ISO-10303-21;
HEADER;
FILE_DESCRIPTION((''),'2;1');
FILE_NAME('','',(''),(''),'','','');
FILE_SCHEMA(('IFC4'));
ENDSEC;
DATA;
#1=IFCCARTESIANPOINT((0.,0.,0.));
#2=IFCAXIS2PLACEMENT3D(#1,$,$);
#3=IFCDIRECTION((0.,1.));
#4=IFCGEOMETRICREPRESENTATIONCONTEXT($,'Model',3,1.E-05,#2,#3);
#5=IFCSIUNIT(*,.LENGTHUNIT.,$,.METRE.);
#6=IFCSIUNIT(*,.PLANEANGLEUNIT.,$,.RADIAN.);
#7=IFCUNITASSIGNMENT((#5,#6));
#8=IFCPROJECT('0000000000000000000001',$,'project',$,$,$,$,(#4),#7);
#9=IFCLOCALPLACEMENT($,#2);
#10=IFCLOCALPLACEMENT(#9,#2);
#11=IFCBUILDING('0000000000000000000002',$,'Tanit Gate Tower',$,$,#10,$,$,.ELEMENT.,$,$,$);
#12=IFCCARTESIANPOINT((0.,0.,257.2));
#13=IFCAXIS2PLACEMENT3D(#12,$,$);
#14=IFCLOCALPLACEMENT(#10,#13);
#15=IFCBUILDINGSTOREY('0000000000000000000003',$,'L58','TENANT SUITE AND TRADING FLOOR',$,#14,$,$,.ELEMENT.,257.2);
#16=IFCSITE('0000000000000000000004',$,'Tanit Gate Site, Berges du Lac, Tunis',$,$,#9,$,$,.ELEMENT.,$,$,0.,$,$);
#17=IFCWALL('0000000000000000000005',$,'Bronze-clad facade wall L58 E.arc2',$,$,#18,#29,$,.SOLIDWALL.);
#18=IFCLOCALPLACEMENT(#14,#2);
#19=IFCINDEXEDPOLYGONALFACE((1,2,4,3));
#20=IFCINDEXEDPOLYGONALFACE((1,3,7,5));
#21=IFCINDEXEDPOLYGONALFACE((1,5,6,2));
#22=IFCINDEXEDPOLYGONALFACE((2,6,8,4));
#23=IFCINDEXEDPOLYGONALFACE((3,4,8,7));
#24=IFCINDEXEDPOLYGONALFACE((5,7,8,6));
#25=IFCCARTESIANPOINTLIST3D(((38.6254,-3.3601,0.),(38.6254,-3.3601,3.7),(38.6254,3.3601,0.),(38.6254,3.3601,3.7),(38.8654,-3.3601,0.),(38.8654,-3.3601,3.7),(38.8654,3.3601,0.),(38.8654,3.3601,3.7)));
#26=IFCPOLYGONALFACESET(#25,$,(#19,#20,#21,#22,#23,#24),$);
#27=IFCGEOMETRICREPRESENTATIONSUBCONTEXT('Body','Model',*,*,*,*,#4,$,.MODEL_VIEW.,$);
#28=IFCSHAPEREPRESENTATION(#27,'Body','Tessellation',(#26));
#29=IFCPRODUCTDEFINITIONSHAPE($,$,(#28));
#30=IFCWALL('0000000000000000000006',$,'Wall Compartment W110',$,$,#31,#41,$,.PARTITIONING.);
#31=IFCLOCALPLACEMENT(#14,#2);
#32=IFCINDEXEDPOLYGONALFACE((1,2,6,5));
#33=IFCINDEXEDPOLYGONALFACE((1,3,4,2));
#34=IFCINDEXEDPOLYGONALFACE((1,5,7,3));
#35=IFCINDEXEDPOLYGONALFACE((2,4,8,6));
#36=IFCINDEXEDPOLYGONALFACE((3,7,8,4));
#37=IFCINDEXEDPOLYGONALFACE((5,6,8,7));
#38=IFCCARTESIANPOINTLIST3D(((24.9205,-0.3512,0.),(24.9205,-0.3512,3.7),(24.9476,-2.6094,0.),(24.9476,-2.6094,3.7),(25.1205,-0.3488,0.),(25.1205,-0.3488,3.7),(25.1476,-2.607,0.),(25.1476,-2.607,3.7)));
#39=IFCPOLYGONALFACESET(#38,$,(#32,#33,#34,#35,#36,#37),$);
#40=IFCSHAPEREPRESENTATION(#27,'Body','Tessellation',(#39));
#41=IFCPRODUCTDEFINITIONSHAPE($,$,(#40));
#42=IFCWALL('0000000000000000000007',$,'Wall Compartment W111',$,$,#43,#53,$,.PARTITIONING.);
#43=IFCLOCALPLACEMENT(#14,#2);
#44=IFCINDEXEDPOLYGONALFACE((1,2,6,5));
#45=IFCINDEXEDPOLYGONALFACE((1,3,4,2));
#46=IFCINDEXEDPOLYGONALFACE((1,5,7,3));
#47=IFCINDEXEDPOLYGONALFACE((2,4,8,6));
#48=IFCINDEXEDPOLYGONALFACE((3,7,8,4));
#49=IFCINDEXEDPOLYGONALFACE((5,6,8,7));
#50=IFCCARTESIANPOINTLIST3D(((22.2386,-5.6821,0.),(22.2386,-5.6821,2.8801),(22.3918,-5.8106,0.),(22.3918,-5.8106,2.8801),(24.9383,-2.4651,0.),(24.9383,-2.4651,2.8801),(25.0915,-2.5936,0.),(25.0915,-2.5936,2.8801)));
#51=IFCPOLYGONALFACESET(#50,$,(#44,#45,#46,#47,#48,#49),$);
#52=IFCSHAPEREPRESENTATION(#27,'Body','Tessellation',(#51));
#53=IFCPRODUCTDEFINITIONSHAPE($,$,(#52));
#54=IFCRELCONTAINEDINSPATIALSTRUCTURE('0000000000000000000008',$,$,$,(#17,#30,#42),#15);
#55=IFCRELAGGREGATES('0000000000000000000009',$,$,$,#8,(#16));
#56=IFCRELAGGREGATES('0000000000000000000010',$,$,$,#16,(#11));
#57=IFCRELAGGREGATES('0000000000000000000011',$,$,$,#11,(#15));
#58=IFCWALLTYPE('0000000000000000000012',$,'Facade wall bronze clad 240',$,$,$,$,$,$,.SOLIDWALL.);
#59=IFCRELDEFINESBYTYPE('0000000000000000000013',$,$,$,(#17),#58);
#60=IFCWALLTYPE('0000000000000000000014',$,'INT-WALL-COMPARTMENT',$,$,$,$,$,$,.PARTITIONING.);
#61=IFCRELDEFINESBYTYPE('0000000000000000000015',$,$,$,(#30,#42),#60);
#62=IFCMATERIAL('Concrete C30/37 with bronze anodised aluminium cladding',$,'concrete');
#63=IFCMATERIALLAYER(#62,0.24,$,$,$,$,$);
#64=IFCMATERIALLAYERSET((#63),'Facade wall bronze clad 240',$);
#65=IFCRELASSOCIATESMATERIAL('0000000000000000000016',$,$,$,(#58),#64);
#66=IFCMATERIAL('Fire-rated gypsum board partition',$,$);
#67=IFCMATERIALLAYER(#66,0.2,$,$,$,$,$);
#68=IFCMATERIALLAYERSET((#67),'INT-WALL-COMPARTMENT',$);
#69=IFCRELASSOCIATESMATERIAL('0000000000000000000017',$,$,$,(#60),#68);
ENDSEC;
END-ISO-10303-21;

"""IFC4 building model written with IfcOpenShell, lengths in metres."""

from ifc_helpers import new_model, si_unit, direction, frame, frame_2d, origin, place, context, subcontext, project, spatial, rectangle, extrude, material, layer, layer_set, type_object, element, save


model = new_model("IFC4")

# Units and contexts
model_context = context("Model", 3, precision=1e-05, world=origin(), true_north=direction((0.0, 1.0)))
body_context = subcontext(model_context, "Body", "Model", "MODEL_VIEW")
ifc_project = project(units=[si_unit("LENGTHUNIT", "METRE"), si_unit("PLANEANGLEUNIT", "RADIAN")], contexts=[model_context])

# Site, building, storey
site_placement = place(None, origin())
site = spatial("IfcSite", under=ifc_project, at=site_placement, Name="Tanit Gate Site, Berges du Lac, Tunis", CompositionType="ELEMENT", RefElevation=0.0)
building_placement = place(site_placement, origin())
building = spatial("IfcBuilding", under=site, at=building_placement, Name="Tanit Gate Tower", CompositionType="ELEMENT")
storey_placement = place(building_placement, frame((0.0, 0.0, 257.2)))
storey = spatial("IfcBuildingStorey", under=building, at=storey_placement, Name="L58", Description="TENANT SUITE AND TRADING FLOOR", CompositionType="ELEMENT", Elevation=257.2)

# Walls
ifc_material_1 = material(Name="Concrete C30/37 with bronze anodised aluminium cladding", Category="concrete")
ifc_layer_1 = layer(ifc_material_1, 0.24)
ifc_layer_set_1 = layer_set([ifc_layer_1], Name="Facade wall bronze clad 240")
wall_type_1 = type_object("IfcWallType", Name="Facade wall bronze clad 240", PredefinedType="SOLIDWALL", material=ifc_layer_set_1)
wall_1_placement = place(storey_placement, frame((38.7454, -3.3601, 0.0), z_axis=(0.0, 0.0, 1.0), x_axis=(0.0, 1.0, 0.0)))
element("IfcWall", 1, at=wall_1_placement, inside=storey, type_object=wall_type_1, Name="Bronze-clad facade wall L58 E.arc2", PredefinedType="SOLIDWALL", context=body_context, shape_type="SweptSolid", body=[
    extrude(rectangle(XDim=6.7202, YDim=0.24, at=frame_2d((3.3601, 0.0))), origin(), (0.0, 0.0, 1.0), 3.7),
])
ifc_material_2 = material(Name="Fire-rated gypsum board partition")
ifc_layer_2 = layer(ifc_material_2, 0.2)
ifc_layer_set_2 = layer_set([ifc_layer_2], Name="INT-WALL-COMPARTMENT")
wall_type_2 = type_object("IfcWallType", Name="INT-WALL-COMPARTMENT", PredefinedType="PARTITIONING", material=ifc_layer_set_2)
wall_2_placement = place(storey_placement, frame((25.0476, -2.6082, 0.0), z_axis=(0.0, 0.0, 1.0), x_axis=(-0.012, 0.999928, 0.0)))
element("IfcWall", 2, at=wall_2_placement, inside=storey, type_object=wall_type_2, Name="Wall Compartment W110", PredefinedType="PARTITIONING", context=body_context, shape_type="SweptSolid", body=[
    extrude(rectangle(XDim=2.2583, YDim=0.2, at=frame_2d((1.1292, 0.0))), origin(), (0.0, 0.0, 1.0), 3.7),
])
wall_3_placement = place(storey_placement, frame((22.3152, -5.7463, 0.0), z_axis=(0.0, 0.0, 1.0), x_axis=(0.642828, 0.766011, 0.0)))
element("IfcWall", 3, at=wall_3_placement, inside=storey, type_object=wall_type_2, Name="Wall Compartment W111", PredefinedType="PARTITIONING", context=body_context, shape_type="SweptSolid", body=[
    extrude(rectangle(XDim=4.1997, YDim=0.2, at=frame_2d((2.0999, 0.0))), origin(), (0.0, 0.0, 1.0), 2.8801),
])

save(model, "model.ifc")
